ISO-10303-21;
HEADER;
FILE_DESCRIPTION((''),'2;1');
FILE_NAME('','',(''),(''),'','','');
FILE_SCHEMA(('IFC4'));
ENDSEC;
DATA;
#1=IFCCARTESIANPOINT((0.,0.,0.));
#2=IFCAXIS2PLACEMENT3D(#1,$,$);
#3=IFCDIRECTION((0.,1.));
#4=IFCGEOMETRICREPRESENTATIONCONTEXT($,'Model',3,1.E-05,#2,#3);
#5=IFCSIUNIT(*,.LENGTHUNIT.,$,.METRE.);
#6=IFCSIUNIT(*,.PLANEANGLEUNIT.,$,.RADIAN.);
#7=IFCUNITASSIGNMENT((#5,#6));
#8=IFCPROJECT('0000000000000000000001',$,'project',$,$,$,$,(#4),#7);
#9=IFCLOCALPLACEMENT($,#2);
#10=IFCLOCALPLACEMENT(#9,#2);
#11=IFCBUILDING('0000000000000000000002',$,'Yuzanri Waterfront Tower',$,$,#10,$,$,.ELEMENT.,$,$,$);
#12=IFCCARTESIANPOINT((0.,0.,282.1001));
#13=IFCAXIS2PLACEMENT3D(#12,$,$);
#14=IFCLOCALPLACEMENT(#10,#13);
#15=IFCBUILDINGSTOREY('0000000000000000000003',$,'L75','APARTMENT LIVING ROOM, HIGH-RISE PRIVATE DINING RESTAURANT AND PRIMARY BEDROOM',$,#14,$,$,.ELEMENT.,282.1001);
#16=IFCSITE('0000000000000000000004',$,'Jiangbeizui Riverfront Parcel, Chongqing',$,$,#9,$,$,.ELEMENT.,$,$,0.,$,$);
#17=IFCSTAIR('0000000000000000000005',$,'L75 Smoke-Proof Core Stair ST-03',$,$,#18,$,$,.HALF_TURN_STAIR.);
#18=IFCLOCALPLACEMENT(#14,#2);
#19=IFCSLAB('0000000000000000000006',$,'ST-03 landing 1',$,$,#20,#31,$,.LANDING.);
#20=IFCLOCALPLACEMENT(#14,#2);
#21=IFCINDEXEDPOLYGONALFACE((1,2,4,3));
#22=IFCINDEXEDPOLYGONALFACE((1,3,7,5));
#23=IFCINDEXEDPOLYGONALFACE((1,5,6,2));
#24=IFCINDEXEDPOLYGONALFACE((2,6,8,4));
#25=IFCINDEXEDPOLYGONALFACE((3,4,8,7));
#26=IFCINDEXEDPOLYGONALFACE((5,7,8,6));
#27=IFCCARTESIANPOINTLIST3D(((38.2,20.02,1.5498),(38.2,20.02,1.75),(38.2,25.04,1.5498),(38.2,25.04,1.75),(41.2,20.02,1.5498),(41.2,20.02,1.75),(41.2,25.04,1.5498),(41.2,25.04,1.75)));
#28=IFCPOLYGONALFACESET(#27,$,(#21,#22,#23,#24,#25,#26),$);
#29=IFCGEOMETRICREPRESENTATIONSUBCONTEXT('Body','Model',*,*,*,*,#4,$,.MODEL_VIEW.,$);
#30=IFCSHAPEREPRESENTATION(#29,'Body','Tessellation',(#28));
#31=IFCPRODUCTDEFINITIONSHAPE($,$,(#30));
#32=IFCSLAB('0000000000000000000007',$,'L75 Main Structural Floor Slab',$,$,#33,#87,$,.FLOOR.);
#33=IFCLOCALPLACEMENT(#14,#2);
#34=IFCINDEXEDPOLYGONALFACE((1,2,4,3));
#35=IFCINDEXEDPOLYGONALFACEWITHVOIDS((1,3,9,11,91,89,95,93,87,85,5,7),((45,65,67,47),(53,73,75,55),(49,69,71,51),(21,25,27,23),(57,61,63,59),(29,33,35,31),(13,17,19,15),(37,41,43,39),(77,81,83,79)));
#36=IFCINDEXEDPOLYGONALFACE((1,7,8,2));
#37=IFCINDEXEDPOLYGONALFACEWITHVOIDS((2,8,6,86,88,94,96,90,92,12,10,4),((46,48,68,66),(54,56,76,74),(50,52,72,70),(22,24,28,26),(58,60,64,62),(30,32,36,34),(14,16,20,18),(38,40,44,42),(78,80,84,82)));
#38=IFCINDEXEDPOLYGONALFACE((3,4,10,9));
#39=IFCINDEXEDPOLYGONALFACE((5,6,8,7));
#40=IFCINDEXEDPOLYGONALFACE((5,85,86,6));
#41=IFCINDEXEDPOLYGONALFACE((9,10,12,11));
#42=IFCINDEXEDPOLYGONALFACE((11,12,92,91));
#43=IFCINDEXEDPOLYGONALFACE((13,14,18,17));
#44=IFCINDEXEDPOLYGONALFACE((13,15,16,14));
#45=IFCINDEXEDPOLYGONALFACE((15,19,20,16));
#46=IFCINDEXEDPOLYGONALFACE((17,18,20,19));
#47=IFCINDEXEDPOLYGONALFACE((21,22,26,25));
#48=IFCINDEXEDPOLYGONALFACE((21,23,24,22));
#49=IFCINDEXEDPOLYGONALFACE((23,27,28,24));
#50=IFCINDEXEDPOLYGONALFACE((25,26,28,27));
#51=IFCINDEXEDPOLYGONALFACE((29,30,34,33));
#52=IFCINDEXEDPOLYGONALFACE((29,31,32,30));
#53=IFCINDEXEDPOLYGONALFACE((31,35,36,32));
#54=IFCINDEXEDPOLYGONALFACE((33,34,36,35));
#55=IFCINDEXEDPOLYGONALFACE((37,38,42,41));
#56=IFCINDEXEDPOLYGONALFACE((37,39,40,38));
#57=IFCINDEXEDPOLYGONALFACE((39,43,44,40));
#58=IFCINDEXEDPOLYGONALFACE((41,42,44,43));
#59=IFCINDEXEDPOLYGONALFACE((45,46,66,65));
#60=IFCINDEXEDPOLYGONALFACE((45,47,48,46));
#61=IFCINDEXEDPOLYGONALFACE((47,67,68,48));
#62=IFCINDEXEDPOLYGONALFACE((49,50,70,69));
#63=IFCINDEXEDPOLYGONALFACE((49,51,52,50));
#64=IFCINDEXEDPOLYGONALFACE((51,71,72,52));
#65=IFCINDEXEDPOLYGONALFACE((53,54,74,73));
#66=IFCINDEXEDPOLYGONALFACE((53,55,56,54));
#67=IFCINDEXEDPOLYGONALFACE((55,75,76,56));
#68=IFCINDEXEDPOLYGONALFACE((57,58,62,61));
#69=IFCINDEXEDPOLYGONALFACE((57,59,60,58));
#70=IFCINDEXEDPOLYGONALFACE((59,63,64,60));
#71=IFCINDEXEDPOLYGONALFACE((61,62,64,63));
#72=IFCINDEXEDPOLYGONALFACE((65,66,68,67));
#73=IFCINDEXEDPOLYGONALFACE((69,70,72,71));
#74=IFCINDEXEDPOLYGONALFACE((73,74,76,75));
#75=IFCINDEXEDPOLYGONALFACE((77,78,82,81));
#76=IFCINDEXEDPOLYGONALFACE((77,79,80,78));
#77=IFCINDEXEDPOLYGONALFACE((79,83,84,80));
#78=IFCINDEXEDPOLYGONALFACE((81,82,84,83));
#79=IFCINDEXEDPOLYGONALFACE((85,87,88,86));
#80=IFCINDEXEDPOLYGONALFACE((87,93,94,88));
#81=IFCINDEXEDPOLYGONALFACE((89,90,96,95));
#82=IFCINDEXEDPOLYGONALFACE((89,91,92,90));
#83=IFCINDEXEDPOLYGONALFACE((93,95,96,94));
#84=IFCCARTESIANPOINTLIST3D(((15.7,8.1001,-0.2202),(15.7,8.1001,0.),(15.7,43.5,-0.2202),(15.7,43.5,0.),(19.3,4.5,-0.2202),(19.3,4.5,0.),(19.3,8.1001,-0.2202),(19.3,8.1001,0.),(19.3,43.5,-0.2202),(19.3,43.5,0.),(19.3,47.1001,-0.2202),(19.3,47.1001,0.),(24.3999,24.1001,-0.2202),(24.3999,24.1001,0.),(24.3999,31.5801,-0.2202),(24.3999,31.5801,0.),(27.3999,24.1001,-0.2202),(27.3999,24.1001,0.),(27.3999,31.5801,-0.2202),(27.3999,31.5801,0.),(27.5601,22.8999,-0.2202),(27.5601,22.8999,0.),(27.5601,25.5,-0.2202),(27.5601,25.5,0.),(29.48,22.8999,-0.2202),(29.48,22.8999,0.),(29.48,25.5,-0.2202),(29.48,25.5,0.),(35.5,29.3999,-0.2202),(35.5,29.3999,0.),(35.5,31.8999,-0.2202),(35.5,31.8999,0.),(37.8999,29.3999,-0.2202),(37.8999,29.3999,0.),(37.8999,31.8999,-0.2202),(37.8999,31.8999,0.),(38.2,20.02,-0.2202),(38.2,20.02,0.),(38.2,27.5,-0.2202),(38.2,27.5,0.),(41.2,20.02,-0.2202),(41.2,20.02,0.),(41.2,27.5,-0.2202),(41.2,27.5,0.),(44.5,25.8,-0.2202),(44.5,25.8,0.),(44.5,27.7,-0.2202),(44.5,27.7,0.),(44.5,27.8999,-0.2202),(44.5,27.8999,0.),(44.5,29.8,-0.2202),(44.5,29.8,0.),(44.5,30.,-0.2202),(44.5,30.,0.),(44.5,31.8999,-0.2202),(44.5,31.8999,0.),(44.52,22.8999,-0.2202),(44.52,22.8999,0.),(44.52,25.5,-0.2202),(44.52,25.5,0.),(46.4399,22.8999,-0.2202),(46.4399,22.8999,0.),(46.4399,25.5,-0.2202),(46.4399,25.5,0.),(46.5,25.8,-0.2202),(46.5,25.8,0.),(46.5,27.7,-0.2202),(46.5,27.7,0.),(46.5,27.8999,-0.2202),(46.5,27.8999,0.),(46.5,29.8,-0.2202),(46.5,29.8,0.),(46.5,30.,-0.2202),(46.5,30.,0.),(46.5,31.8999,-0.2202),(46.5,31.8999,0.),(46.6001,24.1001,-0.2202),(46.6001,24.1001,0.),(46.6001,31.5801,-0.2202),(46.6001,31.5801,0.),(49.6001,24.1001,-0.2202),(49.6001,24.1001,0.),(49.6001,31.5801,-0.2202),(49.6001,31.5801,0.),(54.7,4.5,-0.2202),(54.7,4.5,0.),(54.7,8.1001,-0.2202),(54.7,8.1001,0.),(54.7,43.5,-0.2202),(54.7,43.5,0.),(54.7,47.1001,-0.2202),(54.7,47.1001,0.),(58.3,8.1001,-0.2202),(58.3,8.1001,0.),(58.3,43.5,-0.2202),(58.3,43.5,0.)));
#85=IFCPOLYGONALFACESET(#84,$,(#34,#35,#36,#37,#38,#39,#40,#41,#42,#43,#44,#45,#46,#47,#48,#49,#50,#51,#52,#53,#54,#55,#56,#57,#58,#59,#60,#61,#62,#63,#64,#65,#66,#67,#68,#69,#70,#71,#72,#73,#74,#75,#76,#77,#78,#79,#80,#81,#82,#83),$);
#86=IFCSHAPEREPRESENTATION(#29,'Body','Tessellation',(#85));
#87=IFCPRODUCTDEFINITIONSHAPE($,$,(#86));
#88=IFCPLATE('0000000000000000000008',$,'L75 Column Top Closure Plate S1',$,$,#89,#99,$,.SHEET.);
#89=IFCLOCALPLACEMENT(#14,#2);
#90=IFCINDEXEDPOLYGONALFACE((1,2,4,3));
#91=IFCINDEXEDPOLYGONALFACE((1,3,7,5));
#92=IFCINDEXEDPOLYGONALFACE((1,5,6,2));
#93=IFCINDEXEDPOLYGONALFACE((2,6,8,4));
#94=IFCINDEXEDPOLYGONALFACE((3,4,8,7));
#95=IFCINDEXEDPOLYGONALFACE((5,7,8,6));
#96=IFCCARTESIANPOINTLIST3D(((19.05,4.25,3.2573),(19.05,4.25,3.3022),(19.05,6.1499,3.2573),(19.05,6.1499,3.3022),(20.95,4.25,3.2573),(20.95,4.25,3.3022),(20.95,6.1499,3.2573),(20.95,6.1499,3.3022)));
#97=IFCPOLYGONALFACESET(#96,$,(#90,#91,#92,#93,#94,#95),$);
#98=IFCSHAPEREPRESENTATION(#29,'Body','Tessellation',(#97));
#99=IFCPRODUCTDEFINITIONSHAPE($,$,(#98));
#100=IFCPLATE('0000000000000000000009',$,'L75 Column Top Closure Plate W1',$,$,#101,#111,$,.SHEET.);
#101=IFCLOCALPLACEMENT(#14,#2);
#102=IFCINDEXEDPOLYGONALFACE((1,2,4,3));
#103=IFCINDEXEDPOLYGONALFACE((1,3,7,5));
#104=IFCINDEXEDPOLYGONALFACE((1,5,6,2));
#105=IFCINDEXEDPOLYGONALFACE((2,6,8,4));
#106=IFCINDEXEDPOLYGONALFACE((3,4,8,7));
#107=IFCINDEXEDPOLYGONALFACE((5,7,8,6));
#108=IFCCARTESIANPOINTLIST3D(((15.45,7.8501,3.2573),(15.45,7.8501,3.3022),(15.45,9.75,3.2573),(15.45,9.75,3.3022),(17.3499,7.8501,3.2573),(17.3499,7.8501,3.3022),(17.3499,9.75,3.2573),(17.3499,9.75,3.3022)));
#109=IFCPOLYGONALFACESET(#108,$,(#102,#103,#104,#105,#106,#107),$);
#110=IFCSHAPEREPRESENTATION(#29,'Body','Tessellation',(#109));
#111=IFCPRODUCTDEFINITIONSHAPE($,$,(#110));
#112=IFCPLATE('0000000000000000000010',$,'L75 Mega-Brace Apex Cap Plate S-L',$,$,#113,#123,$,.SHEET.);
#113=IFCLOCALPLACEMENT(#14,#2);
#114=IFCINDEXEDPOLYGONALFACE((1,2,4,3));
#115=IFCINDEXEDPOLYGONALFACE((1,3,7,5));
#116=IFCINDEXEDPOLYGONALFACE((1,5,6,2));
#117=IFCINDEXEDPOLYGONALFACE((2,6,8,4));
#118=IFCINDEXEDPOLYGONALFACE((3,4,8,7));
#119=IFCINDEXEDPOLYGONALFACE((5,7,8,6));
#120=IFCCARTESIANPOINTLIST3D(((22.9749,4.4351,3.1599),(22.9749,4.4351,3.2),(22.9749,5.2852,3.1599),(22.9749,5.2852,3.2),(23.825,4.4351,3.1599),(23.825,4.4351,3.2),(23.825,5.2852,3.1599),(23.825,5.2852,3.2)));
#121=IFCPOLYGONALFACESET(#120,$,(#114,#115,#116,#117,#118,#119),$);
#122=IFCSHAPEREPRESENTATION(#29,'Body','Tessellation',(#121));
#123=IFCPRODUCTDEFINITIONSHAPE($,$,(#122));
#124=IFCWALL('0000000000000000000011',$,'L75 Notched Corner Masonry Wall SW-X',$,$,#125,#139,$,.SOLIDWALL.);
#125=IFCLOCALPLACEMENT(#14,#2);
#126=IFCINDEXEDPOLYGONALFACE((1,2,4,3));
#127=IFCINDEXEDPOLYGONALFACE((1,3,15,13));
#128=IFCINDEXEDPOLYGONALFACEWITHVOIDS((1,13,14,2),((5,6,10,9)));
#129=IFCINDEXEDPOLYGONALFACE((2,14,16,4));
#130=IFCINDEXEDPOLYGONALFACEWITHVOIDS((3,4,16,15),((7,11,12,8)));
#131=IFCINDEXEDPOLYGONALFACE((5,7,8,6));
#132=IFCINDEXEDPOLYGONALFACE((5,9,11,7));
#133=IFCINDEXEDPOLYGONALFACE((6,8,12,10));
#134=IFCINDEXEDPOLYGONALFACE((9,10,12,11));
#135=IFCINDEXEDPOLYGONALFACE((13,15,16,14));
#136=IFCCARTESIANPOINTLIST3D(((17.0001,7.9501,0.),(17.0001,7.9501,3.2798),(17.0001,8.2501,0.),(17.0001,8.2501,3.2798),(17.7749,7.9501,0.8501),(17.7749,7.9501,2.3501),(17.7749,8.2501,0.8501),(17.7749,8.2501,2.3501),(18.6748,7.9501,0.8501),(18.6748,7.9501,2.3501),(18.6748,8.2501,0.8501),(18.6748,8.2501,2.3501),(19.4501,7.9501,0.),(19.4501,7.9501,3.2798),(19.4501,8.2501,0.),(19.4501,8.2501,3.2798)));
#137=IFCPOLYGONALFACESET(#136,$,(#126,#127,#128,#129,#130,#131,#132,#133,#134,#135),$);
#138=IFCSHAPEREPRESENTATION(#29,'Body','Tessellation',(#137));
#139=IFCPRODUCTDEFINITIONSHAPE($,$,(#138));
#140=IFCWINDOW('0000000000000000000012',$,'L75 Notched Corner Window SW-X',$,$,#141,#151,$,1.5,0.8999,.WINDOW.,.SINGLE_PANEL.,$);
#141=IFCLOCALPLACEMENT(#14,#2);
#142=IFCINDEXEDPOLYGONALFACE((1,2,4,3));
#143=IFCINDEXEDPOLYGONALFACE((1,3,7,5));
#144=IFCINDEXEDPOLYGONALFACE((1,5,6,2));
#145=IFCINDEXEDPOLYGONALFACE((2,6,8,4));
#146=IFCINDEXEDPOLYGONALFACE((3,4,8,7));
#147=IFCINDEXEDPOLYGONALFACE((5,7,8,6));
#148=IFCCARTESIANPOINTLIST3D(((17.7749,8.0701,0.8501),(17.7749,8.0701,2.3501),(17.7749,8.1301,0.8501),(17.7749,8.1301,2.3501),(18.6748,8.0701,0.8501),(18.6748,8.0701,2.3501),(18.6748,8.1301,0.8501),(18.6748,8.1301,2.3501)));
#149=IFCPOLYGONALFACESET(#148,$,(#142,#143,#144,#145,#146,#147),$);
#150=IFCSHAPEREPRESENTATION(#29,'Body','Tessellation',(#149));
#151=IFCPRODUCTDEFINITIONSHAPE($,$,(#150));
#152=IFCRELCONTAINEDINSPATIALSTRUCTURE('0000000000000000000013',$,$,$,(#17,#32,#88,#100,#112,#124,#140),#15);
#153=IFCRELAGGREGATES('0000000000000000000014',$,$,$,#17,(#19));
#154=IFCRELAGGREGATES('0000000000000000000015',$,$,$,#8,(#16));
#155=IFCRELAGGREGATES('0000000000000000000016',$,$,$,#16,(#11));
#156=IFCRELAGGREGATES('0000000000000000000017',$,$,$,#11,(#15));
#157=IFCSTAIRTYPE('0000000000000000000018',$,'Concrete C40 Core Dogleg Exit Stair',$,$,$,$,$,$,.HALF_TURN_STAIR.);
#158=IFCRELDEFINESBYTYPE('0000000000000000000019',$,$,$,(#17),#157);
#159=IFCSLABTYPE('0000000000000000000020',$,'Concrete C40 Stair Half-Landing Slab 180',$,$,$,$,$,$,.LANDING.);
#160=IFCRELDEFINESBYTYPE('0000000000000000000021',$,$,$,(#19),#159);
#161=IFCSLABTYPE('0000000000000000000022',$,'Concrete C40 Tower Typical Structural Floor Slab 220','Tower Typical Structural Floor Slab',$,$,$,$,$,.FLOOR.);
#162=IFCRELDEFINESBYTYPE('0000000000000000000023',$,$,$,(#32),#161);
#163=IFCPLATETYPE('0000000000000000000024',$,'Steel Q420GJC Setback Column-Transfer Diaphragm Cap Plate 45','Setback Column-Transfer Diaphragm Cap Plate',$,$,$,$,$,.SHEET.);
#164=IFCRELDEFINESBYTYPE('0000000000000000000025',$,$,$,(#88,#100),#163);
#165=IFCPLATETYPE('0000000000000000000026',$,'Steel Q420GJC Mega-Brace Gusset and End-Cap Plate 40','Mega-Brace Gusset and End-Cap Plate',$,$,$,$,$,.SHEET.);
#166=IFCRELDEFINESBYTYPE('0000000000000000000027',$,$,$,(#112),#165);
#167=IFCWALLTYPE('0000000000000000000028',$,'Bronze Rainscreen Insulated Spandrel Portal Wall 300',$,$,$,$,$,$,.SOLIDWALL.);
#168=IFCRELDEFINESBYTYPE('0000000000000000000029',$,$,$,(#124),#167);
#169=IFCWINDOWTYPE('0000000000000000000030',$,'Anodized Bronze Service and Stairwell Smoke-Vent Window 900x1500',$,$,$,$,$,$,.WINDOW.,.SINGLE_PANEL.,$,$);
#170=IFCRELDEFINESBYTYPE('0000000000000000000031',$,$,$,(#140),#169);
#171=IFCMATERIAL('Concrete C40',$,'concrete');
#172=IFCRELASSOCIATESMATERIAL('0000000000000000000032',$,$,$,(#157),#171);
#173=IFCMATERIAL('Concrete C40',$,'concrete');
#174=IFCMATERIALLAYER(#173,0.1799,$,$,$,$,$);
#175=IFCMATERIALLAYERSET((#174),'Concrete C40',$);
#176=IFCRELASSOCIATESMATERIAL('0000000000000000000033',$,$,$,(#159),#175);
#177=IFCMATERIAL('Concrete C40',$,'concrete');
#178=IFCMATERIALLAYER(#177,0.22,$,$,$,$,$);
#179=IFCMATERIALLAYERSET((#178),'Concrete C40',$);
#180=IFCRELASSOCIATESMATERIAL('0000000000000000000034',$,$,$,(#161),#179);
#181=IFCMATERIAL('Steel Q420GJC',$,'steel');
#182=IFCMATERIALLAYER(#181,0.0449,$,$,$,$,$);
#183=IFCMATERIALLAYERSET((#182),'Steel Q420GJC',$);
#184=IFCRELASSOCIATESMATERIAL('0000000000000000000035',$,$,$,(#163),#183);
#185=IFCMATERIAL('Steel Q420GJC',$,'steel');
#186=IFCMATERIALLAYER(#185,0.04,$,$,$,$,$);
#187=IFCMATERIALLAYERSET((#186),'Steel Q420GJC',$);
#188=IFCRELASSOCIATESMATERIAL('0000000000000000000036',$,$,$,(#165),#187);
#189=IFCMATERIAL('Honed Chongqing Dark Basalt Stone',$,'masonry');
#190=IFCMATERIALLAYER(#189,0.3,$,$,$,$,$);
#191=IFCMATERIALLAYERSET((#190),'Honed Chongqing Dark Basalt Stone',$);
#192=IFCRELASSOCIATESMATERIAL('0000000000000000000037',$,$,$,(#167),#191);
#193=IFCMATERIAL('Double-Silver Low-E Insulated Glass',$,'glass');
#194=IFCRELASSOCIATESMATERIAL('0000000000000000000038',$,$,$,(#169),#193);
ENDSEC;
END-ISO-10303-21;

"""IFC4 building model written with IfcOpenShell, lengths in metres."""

from ifc_helpers import new_model, si_unit, direction, frame, frame_2d, origin, origin_2d, place, context, subcontext, project, spatial, polyline, rectangle, outline, extrude, source, transform, mapped, material, layer, layer_set, type_object, element, fill, aggregate, save


model = new_model("IFC4")

# Units and contexts
model_context = context("Model", 3, precision=1e-05, world=origin(), true_north=direction((0.0, 1.0)))
body_context = subcontext(model_context, "Body", "Model", "MODEL_VIEW")
ifc_project = project(units=[si_unit("LENGTHUNIT", "METRE"), si_unit("PLANEANGLEUNIT", "RADIAN")], contexts=[model_context])

# Site, building, storey
site_placement = place(None, origin())
site = spatial("IfcSite", under=ifc_project, at=site_placement, Name="Jiangbeizui Riverfront Parcel, Chongqing", CompositionType="ELEMENT", RefElevation=0.0)
building_placement = place(site_placement, origin())
building = spatial("IfcBuilding", under=site, at=building_placement, Name="Yuzanri Waterfront Tower", CompositionType="ELEMENT")
storey_placement = place(building_placement, frame((0.0, 0.0, 282.1001)))
storey = spatial("IfcBuildingStorey", under=building, at=storey_placement, Name="L75", Description="APARTMENT LIVING ROOM, HIGH-RISE PRIVATE DINING RESTAURANT AND PRIMARY BEDROOM", CompositionType="ELEMENT", Elevation=282.1001)

# Stair, slab
ifc_material_1 = material(Name="Concrete C40", Category="concrete")
stair_type = type_object("IfcStairType", Name="Concrete C40 Core Dogleg Exit Stair", PredefinedType="HALF_TURN_STAIR", material=ifc_material_1)
ifc_material_2 = material(Name="Concrete C40", Category="concrete")
ifc_layer_1 = layer(ifc_material_2, 0.1799)
ifc_layer_set_1 = layer_set([ifc_layer_1], Name="Concrete C40")
slab_type_1 = type_object("IfcSlabType", Name="Concrete C40 Stair Half-Landing Slab 180", PredefinedType="LANDING", material=ifc_layer_set_1)
stair_1_placement = place(storey_placement, origin())
stair_1 = element("IfcStair", 1, at=stair_1_placement, inside=storey, type_object=stair_type, Name="L75 Smoke-Proof Core Stair ST-03", PredefinedType="HALF_TURN_STAIR")
slab_1_placement = place(storey_placement, frame((0.0, 0.0, 1.5498)))
slab_1 = element("IfcSlab", 2, at=slab_1_placement, type_object=slab_type_1, Name="ST-03 landing 1", PredefinedType="LANDING", context=body_context, shape_type="SweptSolid", body=[
    extrude(outline(polyline([(38.2, 25.04), (38.2, 20.02), (41.2, 20.02), (41.2, 25.04), (38.2, 25.04)])), origin(), (0.0, 0.0, 1.0), 0.2002),
])
aggregate(stair_1, [slab_1])

# Slab
ifc_material_3 = material(Name="Concrete C40", Category="concrete")
ifc_layer_2 = layer(ifc_material_3, 0.22)
ifc_layer_set_2 = layer_set([ifc_layer_2], Name="Concrete C40")
slab_type_2 = type_object("IfcSlabType", Name="Concrete C40 Tower Typical Structural Floor Slab 220", Description="Tower Typical Structural Floor Slab", PredefinedType="FLOOR", material=ifc_layer_set_2)
slab_2_placement = place(storey_placement, frame((0.0, 0.0, -0.2202)))
element("IfcSlab", 3, at=slab_2_placement, inside=storey, type_object=slab_type_2, Name="L75 Main Structural Floor Slab", PredefinedType="FLOOR", context=body_context, shape_type="SweptSolid", body=[
    extrude(outline(polyline([(19.3, 4.5), (54.7, 4.5), (54.7, 8.1001), (58.3, 8.1001), (58.3, 43.5), (54.7, 43.5), (54.7, 47.1001), (19.3, 47.1001), (19.3, 43.5), (15.7, 43.5), (15.7, 8.1001), (19.3, 8.1001), (19.3, 4.5)]), holes=[polyline([(27.3999, 24.1001), (27.3999, 31.5801), (24.3999, 31.5801), (24.3999, 24.1001), (27.3999, 24.1001)]), polyline([(49.6001, 24.1001), (49.6001, 31.5801), (46.6001, 31.5801), (46.6001, 24.1001), (49.6001, 24.1001)]), polyline([(38.2, 27.5), (38.2, 20.02), (41.2, 20.02), (41.2, 27.5), (38.2, 27.5)]), polyline([(27.5601, 22.8999), (29.48, 22.8999), (29.48, 25.5), (27.5601, 25.5), (27.5601, 22.8999)]), polyline([(44.52, 22.8999), (46.4399, 22.8999), (46.4399, 25.5), (44.52, 25.5), (44.52, 22.8999)]), polyline([(35.5, 29.3999), (37.8999, 29.3999), (37.8999, 31.8999), (35.5, 31.8999), (35.5, 29.3999)]), polyline([(44.5, 25.8), (46.5, 25.8), (46.5, 27.7), (44.5, 27.7), (44.5, 25.8)]), polyline([(44.5, 27.8999), (46.5, 27.8999), (46.5, 29.8), (44.5, 29.8), (44.5, 27.8999)]), polyline([(44.5, 30.0), (46.5, 30.0), (46.5, 31.8999), (44.5, 31.8999), (44.5, 30.0)])]), origin(), (0.0, 0.0, 1.0), 0.2202),
])

# Plates
ifc_material_4 = material(Name="Steel Q420GJC", Category="steel")
ifc_layer_3 = layer(ifc_material_4, 0.0449)
ifc_layer_set_3 = layer_set([ifc_layer_3], Name="Steel Q420GJC")
plate_type_1 = type_object("IfcPlateType", Name="Steel Q420GJC Setback Column-Transfer Diaphragm Cap Plate 45", Description="Setback Column-Transfer Diaphragm Cap Plate", PredefinedType="SHEET", material=ifc_layer_set_3)
shared_shape_1 = source(origin(), body_context, "Body", "SweptSolid", [
    extrude(rectangle(XDim=1.8999, YDim=1.8999, at=origin_2d()), origin(), (0.0, 0.0, 1.0), 0.0449),
])
for number, where, z_axis, x_axis, name in (
    (4, (20.0, 5.2, 3.2573), (0.0, 0.0, 1.0), (1.0, 0.0, 0.0), "L75 Column Top Closure Plate S1"),
    (5, (16.3999, 8.8, 3.2573), (0.0, 0.0, 1.0), (1.0, 0.0, 0.0), "L75 Column Top Closure Plate W1"),
):
    element("IfcPlate", number, at=place(storey_placement, frame(where, z_axis=z_axis, x_axis=x_axis)), inside=storey, type_object=plate_type_1, Name=name, PredefinedType="SHEET", context=body_context, shape_type="MappedRepresentation", body=[
        mapped(shared_shape_1, transform((0.0, 0.0, 0.0), scale=1.0)),
    ])
ifc_material_5 = material(Name="Steel Q420GJC", Category="steel")
ifc_layer_4 = layer(ifc_material_5, 0.04)
ifc_layer_set_4 = layer_set([ifc_layer_4], Name="Steel Q420GJC")
plate_type_2 = type_object("IfcPlateType", Name="Steel Q420GJC Mega-Brace Gusset and End-Cap Plate 40", Description="Mega-Brace Gusset and End-Cap Plate", PredefinedType="SHEET", material=ifc_layer_set_4)
shared_shape_2 = source(origin(), body_context, "Body", "SweptSolid", [
    extrude(rectangle(XDim=0.8501, YDim=0.8501, at=origin_2d()), origin(), (0.0, 0.0, 1.0), 0.04),
])
plate_placement = place(storey_placement, frame((23.3999, 4.8601, 3.1599), z_axis=(0.0, 0.0, 1.0), x_axis=(1.0, 0.0, 0.0)))
element("IfcPlate", 6, at=plate_placement, inside=storey, type_object=plate_type_2, Name="L75 Mega-Brace Apex Cap Plate S-L", PredefinedType="SHEET", context=body_context, shape_type="MappedRepresentation", body=[
    mapped(shared_shape_2, transform((0.0, 0.0, 0.0), scale=1.0)),
])

# Wall, opening, window
ifc_material_6 = material(Name="Honed Chongqing Dark Basalt Stone", Category="masonry")
ifc_layer_5 = layer(ifc_material_6, 0.3)
ifc_layer_set_5 = layer_set([ifc_layer_5], Name="Honed Chongqing Dark Basalt Stone")
wall_type_1 = type_object("IfcWallType", Name="Bronze Rainscreen Insulated Spandrel Portal Wall 300", PredefinedType="SOLIDWALL", material=ifc_layer_set_5)
wall_1_placement = place(storey_placement, frame((17.0, 8.1001, 0.0), z_axis=(0.0, 0.0, 1.0), x_axis=(1.0, 0.0, 0.0)))
wall_1 = element("IfcWall", 7, at=wall_1_placement, inside=storey, type_object=wall_type_1, Name="L75 Notched Corner Masonry Wall SW-X", PredefinedType="SOLIDWALL", context=body_context, shape_type="SweptSolid", body=[
    extrude(rectangle(XDim=2.45, YDim=0.3, at=frame_2d((1.2251, 0.0))), origin(), (0.0, 0.0, 1.0), 3.2798),
])
opening_1_placement = place(wall_1_placement, frame((0.7749, 0.0, 0.8501)))
opening_1 = element("IfcOpeningElement", 8, at=opening_1_placement, cuts=wall_1, PredefinedType="OPENING", context=body_context, shape_type="SweptSolid", body=[
    extrude(rectangle(XDim=0.8999, YDim=1.5, at=frame_2d((0.45, 0.75))), frame((0.0, 0.165, 0.0), z_axis=(0.0, -1.0, 0.0), x_axis=(1.0, 0.0, 0.0)), (0.0, 0.0, 1.0), 0.3298),
])
ifc_material_7 = material(Name="Double-Silver Low-E Insulated Glass", Category="glass")
window_type_1 = type_object("IfcWindowType", Name="Anodized Bronze Service and Stairwell Smoke-Vent Window 900x1500", PartitioningType="SINGLE_PANEL", PredefinedType="WINDOW", material=ifc_material_7)
shared_shape_3 = source(origin(), body_context, "Body", "SweptSolid", [
    extrude(rectangle(XDim=0.8999, YDim=1.5, at=frame_2d((0.45, 0.75))), frame((0.0, 0.03, 0.0), z_axis=(0.0, -1.0, 0.0), x_axis=(1.0, 0.0, 0.0)), (0.0, 0.0, 1.0), 0.0601),
])
window_1_placement = place(opening_1_placement, origin())
window_1 = element("IfcWindow", 9, at=window_1_placement, inside=storey, type_object=window_type_1, Name="L75 Notched Corner Window SW-X", OverallHeight=1.5, OverallWidth=0.8999, PartitioningType="SINGLE_PANEL", PredefinedType="WINDOW", context=body_context, shape_type="MappedRepresentation", body=[
    mapped(shared_shape_3, transform((0.0, 0.0, 0.0), scale=1.0)),
])
fill(opening_1, window_1)

save(model, "model.ifc")
